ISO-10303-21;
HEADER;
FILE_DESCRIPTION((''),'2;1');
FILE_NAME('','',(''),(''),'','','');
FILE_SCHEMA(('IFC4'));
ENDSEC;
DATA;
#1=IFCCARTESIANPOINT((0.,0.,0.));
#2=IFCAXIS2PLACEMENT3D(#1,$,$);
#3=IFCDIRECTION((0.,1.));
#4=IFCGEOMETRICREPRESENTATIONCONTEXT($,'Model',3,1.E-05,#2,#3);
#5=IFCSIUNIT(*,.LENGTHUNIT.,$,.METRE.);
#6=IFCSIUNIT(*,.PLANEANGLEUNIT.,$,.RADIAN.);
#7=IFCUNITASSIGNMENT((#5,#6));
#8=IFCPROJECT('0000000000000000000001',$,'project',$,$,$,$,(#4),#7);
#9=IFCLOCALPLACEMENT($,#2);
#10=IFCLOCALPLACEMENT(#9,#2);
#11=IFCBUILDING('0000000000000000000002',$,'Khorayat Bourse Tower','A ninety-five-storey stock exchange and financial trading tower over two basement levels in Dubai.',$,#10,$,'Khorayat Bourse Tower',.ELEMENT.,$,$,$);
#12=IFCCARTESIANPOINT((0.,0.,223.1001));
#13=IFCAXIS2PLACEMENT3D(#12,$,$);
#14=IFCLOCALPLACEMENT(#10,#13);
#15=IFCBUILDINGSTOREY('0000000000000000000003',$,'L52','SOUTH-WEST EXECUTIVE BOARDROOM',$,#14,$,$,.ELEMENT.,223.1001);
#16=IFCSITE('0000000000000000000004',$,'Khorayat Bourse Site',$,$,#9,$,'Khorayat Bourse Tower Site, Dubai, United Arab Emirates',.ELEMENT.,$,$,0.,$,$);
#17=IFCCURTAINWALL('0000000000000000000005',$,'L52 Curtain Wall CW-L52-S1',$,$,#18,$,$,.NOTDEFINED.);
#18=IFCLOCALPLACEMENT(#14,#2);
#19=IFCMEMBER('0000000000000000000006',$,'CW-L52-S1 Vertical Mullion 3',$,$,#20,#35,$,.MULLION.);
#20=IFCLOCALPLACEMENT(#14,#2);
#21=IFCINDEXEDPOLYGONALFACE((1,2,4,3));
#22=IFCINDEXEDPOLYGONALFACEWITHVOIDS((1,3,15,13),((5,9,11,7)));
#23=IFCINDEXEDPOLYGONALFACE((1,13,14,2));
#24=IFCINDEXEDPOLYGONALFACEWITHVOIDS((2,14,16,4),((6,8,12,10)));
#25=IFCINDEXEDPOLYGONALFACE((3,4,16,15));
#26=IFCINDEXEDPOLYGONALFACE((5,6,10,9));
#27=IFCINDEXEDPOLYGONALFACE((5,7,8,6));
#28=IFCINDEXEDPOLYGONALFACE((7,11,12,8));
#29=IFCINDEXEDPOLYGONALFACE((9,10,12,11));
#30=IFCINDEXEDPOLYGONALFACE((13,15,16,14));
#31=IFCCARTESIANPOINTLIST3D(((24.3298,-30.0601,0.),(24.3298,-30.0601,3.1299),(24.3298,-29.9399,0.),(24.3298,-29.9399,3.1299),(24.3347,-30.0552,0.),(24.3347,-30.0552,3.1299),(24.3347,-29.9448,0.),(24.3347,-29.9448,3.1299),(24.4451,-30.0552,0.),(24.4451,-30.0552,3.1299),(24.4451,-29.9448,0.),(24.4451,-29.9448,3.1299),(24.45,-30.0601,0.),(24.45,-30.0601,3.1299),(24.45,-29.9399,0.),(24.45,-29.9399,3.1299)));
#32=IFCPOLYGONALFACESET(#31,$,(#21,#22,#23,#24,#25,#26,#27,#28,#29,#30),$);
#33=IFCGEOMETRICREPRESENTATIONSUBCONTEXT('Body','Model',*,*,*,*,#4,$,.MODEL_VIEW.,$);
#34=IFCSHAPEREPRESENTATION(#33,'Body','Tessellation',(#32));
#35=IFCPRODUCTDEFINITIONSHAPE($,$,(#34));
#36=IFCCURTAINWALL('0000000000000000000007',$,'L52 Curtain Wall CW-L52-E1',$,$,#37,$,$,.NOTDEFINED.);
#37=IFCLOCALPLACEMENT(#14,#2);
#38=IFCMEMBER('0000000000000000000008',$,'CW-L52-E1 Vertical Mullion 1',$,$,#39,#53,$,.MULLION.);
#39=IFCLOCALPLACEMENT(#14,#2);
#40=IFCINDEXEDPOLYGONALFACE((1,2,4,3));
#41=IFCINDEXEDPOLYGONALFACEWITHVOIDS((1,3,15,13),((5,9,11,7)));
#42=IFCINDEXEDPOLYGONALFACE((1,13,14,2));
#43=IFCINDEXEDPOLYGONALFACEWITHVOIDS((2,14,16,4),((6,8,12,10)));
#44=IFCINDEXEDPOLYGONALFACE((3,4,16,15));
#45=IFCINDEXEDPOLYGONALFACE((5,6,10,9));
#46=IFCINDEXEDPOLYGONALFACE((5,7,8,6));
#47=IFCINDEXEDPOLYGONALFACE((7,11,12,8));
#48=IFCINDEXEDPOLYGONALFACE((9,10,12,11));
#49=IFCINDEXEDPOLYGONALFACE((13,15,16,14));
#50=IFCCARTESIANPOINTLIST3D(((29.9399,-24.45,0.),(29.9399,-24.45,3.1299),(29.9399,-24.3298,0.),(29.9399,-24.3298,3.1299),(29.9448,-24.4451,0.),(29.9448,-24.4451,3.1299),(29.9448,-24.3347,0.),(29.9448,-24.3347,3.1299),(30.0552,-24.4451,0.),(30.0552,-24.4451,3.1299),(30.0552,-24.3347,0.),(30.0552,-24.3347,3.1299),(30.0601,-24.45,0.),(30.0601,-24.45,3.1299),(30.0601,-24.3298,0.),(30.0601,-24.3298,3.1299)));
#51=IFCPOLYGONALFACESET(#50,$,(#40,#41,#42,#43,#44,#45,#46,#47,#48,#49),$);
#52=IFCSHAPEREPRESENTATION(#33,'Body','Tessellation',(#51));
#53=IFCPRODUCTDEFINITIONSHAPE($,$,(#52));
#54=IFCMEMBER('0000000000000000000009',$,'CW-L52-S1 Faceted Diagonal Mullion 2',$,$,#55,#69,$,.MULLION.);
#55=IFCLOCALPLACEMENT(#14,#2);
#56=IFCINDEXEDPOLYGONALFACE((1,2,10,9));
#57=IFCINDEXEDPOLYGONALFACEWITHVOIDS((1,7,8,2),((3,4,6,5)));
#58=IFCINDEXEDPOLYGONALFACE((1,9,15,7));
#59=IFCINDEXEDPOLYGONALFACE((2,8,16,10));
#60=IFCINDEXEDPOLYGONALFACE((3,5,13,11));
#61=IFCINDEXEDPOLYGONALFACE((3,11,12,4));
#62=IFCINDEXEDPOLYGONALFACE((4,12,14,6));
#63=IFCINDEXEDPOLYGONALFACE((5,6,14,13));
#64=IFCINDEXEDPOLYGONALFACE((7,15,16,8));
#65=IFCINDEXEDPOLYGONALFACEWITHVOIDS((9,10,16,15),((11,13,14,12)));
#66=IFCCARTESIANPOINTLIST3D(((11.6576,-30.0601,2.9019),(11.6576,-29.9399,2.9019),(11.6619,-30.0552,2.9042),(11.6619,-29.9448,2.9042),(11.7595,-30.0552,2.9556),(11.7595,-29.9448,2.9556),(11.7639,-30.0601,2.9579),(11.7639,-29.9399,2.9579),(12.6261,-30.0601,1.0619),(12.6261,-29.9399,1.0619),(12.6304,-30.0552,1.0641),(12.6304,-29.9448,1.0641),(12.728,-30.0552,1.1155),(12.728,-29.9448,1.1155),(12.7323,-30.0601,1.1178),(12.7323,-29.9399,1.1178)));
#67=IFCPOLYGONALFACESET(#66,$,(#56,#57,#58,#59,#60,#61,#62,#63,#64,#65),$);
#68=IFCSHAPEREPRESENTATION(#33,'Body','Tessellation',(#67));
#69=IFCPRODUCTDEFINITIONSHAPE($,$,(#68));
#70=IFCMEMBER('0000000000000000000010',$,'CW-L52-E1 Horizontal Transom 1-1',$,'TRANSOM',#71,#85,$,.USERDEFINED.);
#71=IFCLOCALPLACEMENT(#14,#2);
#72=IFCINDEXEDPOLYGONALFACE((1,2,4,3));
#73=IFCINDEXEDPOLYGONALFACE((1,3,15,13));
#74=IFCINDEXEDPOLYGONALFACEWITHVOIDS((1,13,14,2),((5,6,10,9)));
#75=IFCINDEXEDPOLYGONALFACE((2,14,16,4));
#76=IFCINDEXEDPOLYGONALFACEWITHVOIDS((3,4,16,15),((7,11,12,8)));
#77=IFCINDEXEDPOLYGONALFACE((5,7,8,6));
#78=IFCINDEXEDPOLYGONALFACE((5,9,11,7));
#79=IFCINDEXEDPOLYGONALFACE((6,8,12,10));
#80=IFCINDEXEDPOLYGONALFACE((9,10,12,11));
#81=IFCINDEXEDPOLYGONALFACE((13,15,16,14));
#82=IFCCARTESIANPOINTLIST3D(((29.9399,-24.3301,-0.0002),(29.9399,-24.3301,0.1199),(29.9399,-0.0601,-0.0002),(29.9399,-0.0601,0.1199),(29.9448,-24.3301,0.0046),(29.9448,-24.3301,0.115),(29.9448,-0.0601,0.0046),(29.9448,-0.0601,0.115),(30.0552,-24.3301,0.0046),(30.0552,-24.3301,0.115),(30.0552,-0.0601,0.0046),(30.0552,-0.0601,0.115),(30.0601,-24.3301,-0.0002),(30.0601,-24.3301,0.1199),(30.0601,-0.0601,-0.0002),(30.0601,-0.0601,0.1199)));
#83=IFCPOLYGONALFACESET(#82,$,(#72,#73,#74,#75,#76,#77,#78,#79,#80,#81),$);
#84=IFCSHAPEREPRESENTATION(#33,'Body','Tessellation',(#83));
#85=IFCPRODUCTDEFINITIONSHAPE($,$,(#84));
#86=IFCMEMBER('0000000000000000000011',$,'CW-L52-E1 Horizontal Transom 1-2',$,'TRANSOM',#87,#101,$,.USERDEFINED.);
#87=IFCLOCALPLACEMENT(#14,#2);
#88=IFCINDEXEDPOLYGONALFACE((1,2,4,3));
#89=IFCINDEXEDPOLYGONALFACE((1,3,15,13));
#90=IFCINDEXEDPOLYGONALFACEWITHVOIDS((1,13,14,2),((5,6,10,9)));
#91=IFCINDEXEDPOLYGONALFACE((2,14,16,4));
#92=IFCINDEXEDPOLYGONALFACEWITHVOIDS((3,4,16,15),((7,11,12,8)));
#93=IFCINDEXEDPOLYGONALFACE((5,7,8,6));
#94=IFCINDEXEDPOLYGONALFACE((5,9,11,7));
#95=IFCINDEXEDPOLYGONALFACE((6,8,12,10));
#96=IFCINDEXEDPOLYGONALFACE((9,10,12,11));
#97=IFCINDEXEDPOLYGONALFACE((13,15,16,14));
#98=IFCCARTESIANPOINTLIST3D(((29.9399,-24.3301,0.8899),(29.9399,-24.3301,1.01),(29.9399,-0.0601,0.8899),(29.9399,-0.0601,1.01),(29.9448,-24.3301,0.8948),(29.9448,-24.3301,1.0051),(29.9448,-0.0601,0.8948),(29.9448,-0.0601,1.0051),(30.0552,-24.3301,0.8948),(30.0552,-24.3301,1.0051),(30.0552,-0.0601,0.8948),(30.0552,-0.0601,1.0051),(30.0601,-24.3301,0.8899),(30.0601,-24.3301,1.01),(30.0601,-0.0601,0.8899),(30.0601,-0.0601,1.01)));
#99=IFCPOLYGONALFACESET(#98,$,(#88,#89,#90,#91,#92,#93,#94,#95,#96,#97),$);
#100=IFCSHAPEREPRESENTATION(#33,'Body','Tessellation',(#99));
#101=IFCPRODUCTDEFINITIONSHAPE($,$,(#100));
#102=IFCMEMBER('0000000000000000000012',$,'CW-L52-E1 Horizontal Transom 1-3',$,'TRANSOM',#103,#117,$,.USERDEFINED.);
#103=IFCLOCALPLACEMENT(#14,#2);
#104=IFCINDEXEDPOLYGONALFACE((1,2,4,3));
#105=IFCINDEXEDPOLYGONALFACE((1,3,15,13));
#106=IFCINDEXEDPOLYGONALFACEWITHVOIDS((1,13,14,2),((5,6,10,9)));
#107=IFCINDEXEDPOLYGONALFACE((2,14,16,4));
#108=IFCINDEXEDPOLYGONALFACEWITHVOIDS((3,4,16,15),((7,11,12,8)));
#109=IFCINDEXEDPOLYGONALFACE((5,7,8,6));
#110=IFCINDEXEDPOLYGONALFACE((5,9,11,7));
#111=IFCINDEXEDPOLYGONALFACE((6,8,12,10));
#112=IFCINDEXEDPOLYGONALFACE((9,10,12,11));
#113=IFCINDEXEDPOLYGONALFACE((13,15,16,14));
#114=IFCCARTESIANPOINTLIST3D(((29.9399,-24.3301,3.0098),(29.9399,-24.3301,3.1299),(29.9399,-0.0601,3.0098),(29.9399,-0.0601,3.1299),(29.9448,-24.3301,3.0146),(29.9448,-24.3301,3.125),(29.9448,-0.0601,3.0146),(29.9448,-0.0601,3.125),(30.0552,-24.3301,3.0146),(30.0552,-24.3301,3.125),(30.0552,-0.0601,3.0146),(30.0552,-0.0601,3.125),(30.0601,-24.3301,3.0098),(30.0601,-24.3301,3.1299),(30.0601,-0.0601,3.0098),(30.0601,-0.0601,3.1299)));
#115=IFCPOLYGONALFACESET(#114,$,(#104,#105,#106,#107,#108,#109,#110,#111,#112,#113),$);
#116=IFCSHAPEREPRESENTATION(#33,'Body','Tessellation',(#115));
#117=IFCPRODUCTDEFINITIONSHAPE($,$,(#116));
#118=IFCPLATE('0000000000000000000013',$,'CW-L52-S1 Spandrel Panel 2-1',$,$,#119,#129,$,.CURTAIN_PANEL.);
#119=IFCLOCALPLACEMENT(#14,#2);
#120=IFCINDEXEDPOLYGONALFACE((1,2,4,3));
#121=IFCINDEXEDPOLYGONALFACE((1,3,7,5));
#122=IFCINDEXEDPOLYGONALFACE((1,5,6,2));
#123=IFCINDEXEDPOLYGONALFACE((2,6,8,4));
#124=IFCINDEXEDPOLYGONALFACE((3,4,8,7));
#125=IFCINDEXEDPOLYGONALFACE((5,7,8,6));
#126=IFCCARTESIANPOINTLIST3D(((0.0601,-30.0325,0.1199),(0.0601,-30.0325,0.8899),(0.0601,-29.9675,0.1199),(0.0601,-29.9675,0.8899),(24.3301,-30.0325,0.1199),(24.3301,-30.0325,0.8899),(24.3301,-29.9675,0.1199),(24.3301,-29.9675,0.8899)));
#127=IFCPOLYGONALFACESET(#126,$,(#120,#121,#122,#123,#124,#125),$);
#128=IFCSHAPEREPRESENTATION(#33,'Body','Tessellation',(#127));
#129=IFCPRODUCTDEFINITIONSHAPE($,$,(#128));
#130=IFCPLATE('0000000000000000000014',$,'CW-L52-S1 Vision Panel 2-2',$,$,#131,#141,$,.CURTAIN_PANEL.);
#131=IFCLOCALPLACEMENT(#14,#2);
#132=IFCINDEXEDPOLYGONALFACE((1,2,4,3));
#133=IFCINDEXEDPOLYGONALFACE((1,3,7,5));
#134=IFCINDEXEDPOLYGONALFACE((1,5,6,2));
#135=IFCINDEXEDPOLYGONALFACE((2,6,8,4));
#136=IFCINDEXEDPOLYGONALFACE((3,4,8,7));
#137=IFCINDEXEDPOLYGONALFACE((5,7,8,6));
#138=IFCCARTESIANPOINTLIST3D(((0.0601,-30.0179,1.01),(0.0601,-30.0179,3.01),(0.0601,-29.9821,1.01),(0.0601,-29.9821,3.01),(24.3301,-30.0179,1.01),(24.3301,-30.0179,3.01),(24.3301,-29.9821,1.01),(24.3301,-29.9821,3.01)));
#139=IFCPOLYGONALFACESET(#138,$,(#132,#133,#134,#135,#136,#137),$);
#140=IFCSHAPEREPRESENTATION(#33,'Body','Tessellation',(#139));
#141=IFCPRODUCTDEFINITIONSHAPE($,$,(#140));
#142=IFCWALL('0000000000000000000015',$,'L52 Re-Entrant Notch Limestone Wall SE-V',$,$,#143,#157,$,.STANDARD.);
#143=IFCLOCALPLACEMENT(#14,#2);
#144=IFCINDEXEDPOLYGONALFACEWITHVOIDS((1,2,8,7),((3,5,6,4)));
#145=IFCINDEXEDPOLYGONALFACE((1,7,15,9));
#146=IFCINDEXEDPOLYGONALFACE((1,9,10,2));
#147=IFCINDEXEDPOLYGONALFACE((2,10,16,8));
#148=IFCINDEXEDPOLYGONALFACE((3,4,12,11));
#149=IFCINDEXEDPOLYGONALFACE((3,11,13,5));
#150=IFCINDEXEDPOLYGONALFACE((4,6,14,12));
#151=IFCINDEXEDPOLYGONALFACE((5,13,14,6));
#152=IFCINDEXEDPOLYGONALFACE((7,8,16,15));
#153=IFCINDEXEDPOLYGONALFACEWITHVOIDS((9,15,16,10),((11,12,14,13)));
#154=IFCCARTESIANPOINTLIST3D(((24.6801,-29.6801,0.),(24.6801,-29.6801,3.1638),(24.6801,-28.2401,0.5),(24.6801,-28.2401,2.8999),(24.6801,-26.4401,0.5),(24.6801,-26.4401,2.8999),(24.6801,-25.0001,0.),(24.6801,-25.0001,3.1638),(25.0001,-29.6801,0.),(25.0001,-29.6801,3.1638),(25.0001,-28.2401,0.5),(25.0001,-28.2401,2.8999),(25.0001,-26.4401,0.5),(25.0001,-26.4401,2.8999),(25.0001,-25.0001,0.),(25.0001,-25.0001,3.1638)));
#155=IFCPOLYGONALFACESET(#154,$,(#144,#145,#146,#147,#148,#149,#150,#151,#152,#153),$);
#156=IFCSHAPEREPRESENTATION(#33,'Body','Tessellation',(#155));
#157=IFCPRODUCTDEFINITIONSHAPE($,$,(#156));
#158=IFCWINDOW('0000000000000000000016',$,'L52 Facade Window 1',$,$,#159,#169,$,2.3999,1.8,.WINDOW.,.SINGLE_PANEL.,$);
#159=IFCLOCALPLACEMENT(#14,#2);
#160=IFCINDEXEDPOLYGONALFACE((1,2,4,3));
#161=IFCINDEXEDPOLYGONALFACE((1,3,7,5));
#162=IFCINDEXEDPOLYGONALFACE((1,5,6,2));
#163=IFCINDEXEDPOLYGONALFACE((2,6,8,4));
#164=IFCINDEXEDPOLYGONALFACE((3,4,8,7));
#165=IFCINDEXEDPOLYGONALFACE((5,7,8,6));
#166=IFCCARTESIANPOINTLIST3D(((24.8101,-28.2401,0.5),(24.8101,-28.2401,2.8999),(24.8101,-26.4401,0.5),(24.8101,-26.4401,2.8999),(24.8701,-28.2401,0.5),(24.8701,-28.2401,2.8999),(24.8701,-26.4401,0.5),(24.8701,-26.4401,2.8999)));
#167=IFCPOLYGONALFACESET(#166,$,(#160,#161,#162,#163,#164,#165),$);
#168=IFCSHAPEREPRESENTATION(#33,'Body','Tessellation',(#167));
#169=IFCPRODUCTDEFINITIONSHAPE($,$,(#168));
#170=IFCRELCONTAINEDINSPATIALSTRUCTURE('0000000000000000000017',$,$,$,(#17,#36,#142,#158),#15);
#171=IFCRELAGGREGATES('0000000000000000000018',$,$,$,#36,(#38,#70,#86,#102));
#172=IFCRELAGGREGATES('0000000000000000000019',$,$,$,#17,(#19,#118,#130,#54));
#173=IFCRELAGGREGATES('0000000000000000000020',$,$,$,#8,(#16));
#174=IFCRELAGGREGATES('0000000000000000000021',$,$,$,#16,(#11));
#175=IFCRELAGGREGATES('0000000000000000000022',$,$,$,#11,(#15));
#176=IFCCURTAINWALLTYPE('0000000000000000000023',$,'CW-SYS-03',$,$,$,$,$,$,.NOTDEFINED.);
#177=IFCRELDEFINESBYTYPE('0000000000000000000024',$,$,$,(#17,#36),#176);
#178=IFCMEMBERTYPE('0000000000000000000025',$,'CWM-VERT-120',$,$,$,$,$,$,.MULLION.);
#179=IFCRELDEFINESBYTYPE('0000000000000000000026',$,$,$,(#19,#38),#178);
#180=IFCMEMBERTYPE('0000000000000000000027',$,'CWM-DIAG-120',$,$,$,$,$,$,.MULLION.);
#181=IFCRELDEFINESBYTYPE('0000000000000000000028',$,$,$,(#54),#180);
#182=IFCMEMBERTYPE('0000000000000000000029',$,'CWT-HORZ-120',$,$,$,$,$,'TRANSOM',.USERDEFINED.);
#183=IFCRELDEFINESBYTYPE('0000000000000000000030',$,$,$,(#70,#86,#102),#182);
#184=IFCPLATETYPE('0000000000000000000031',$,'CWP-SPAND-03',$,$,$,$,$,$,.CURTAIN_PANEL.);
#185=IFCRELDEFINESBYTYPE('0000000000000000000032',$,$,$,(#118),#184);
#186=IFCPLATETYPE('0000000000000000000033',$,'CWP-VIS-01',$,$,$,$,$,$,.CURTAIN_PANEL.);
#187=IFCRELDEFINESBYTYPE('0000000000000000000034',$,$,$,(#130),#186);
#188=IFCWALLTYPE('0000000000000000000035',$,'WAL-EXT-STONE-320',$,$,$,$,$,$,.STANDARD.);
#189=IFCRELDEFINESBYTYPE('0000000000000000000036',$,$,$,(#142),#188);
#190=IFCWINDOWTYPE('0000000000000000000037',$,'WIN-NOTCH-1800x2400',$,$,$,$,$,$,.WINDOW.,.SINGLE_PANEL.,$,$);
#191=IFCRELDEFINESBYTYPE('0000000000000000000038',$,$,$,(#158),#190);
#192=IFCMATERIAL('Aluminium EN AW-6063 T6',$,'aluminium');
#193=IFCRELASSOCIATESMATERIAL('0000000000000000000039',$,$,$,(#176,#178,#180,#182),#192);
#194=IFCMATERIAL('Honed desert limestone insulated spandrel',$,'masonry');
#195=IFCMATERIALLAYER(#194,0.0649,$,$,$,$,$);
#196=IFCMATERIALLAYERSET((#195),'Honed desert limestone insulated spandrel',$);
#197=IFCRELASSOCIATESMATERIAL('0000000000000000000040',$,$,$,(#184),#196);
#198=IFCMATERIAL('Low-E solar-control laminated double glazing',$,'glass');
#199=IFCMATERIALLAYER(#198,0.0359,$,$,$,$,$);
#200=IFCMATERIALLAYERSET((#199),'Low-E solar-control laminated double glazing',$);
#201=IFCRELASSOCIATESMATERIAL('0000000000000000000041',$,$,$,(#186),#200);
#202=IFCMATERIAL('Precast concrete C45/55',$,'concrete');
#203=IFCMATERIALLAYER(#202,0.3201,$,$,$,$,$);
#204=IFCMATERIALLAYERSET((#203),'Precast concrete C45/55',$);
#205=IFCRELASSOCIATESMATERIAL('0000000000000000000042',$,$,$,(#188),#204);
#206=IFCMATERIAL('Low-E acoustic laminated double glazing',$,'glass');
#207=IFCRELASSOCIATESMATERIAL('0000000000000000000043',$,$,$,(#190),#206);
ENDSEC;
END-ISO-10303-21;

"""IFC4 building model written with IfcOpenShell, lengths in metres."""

from ifc_helpers import new_model, si_unit, direction, frame, frame_2d, origin, origin_2d, place, context, subcontext, project, spatial, rectangle, hollow_rectangle, extrude, source, transform, mapped, material, layer, layer_set, material_profile, profile_set, type_object, element, fill, aggregate, save


model = new_model("IFC4")

# Units and contexts
model_context = context("Model", 3, precision=1e-05, world=origin(), true_north=direction((0.0, 1.0)))
body_context = subcontext(model_context, "Body", "Model", "MODEL_VIEW")
ifc_project = project(units=[si_unit("LENGTHUNIT", "METRE"), si_unit("PLANEANGLEUNIT", "RADIAN")], contexts=[model_context])

# Site, building, storey
site_placement = place(None, origin())
site = spatial("IfcSite", under=ifc_project, at=site_placement, Name="Khorayat Bourse Site", LongName="Khorayat Bourse Tower Site, Dubai, United Arab Emirates", CompositionType="ELEMENT", RefElevation=0.0)
building_placement = place(site_placement, origin())
building = spatial("IfcBuilding", under=site, at=building_placement, Name="Khorayat Bourse Tower", Description="A ninety-five-storey stock exchange and financial trading tower over two basement levels in Dubai.", LongName="Khorayat Bourse Tower", CompositionType="ELEMENT")
storey_placement = place(building_placement, frame((0.0, 0.0, 223.1001)))
storey = spatial("IfcBuildingStorey", under=building, at=storey_placement, Name="L52", Description="SOUTH-WEST EXECUTIVE BOARDROOM", CompositionType="ELEMENT", Elevation=223.1001)

# Curtain walls, members
ifc_material_1 = material(Name="Aluminium EN AW-6063 T6", Category="aluminium")
curtain_wall_type = type_object("IfcCurtainWallType", Name="CW-SYS-03", PredefinedType="NOTDEFINED", material=ifc_material_1)
curtain_wall_1_placement = place(storey_placement, origin())
curtain_wall_1 = element("IfcCurtainWall", 1, at=curtain_wall_1_placement, inside=storey, type_object=curtain_wall_type, Name="L52 Curtain Wall CW-L52-S1", PredefinedType="NOTDEFINED")
ifc_material_profile_1 = material_profile(ifc_material_1, hollow_rectangle(XDim=0.1201, YDim=0.1201, WallThickness=0.0049, at=origin_2d()), Name="ALU 120x120x5")
ifc_profile_set_1 = profile_set([ifc_material_profile_1], Name="Aluminium EN AW-6063 T6")
member_type_1 = type_object("IfcMemberType", Name="CWM-VERT-120", PredefinedType="MULLION", material=ifc_profile_set_1)
shared_shape_1 = source(origin(), body_context, "Body", "SweptSolid", [
    extrude(hollow_rectangle(XDim=0.1201, YDim=0.1201, WallThickness=0.0049, at=origin_2d()), origin(), (0.0, 0.0, 1.0), 3.1299),
])
member_1_placement = place(storey_placement, frame((24.3899, -30.0, 0.0), z_axis=(0.0, 0.0, 1.0), x_axis=(0.0, 1.0, 0.0)))
member_1 = element("IfcMember", 2, at=member_1_placement, type_object=member_type_1, Name="CW-L52-S1 Vertical Mullion 3", PredefinedType="MULLION", context=body_context, shape_type="MappedRepresentation", body=[
    mapped(shared_shape_1, transform((0.0, 0.0, 0.0), scale=1.0)),
])
curtain_wall_2_placement = place(storey_placement, origin())
curtain_wall_2 = element("IfcCurtainWall", 3, at=curtain_wall_2_placement, inside=storey, type_object=curtain_wall_type, Name="L52 Curtain Wall CW-L52-E1", PredefinedType="NOTDEFINED")
member_2_placement = place(storey_placement, frame((30.0, -24.3899, 0.0), z_axis=(0.0, 0.0, 1.0), x_axis=(-1.0, 0.0, 0.0)))
member_2 = element("IfcMember", 4, at=member_2_placement, type_object=member_type_1, Name="CW-L52-E1 Vertical Mullion 1", PredefinedType="MULLION", context=body_context, shape_type="MappedRepresentation", body=[
    mapped(shared_shape_1, transform((0.0, 0.0, 0.0), scale=1.0)),
])

# Members
ifc_material_profile_2 = material_profile(ifc_material_1, hollow_rectangle(XDim=0.1201, YDim=0.1201, WallThickness=0.0049, at=origin_2d()), Name="ALU 120x120x5")
ifc_profile_set_2 = profile_set([ifc_material_profile_2], Name="Aluminium EN AW-6063 T6")
member_type_2 = type_object("IfcMemberType", Name="CWM-DIAG-120", PredefinedType="MULLION", material=ifc_profile_set_2)
shared_shape_2 = source(origin(), body_context, "Body", "SweptSolid", [
    extrude(hollow_rectangle(XDim=0.1201, YDim=0.1201, WallThickness=0.0049, at=origin_2d()), origin(), (0.0, 0.0, 1.0), 2.0793),
])
member_3_placement = place(storey_placement, frame((12.6792, -30.0, 1.0898), z_axis=(-0.465761, 0.0, 0.884911), x_axis=(0.0, -1.0, 0.0)))
member_3 = element("IfcMember", 5, at=member_3_placement, type_object=member_type_2, Name="CW-L52-S1 Faceted Diagonal Mullion 2", PredefinedType="MULLION", context=body_context, shape_type="MappedRepresentation", body=[
    mapped(shared_shape_2, transform((0.0, 0.0, 0.0), scale=1.0)),
])
ifc_material_profile_3 = material_profile(ifc_material_1, hollow_rectangle(XDim=0.1201, YDim=0.1201, WallThickness=0.0049, at=origin_2d()), Name="ALU 120x120x5")
ifc_profile_set_3 = profile_set([ifc_material_profile_3], Name="Aluminium EN AW-6063 T6")
member_type_3 = type_object("IfcMemberType", Name="CWT-HORZ-120", ElementType="TRANSOM", PredefinedType="USERDEFINED", material=ifc_profile_set_3)
shared_shape_3 = source(origin(), body_context, "Body", "SweptSolid", [
    extrude(hollow_rectangle(XDim=0.1201, YDim=0.1201, WallThickness=0.0049, at=origin_2d()), origin(), (0.0, 0.0, 1.0), 24.27),
])
member_4_placement = place(storey_placement, frame((30.0, -24.3301, 0.0598), z_axis=(0.0, 1.0, 0.0), x_axis=(-1.0, 0.0, 0.0)))
member_4 = element("IfcMember", 6, at=member_4_placement, type_object=member_type_3, Name="CW-L52-E1 Horizontal Transom 1-1", ObjectType="TRANSOM", PredefinedType="USERDEFINED", context=body_context, shape_type="MappedRepresentation", body=[
    mapped(shared_shape_3, transform((0.0, 0.0, 0.0), scale=1.0)),
])
member_5_placement = place(storey_placement, frame((30.0, -24.3301, 0.95), z_axis=(0.0, 1.0, 0.0), x_axis=(-1.0, 0.0, 0.0)))
member_5 = element("IfcMember", 7, at=member_5_placement, type_object=member_type_3, Name="CW-L52-E1 Horizontal Transom 1-2", ObjectType="TRANSOM", PredefinedType="USERDEFINED", context=body_context, shape_type="MappedRepresentation", body=[
    mapped(shared_shape_3, transform((0.0, 0.0, 0.0), scale=1.0)),
])
member_6_placement = place(storey_placement, frame((30.0, -24.3301, 3.0698), z_axis=(0.0, 1.0, 0.0), x_axis=(-1.0, 0.0, 0.0)))
member_6 = element("IfcMember", 8, at=member_6_placement, type_object=member_type_3, Name="CW-L52-E1 Horizontal Transom 1-3", ObjectType="TRANSOM", PredefinedType="USERDEFINED", context=body_context, shape_type="MappedRepresentation", body=[
    mapped(shared_shape_3, transform((0.0, 0.0, 0.0), scale=1.0)),
])
aggregate(curtain_wall_2, [member_2, member_4, member_5, member_6])

# Plates
ifc_material_2 = material(Name="Honed desert limestone insulated spandrel", Category="masonry")
ifc_layer_1 = layer(ifc_material_2, 0.0649)
ifc_layer_set_1 = layer_set([ifc_layer_1], Name="Honed desert limestone insulated spandrel")
plate_type_1 = type_object("IfcPlateType", Name="CWP-SPAND-03", PredefinedType="CURTAIN_PANEL", material=ifc_layer_set_1)
shared_shape_4 = source(origin(), body_context, "Body", "SweptSolid", [
    extrude(rectangle(XDim=24.27, YDim=0.0649, at=origin_2d()), origin(), (0.0, 0.0, 1.0), 0.77),
])
plate_1_placement = place(storey_placement, frame((12.1951, -30.0, 0.1199), z_axis=(0.0, 0.0, 1.0), x_axis=(1.0, 0.0, 0.0)))
plate_1 = element("IfcPlate", 9, at=plate_1_placement, type_object=plate_type_1, Name="CW-L52-S1 Spandrel Panel 2-1", PredefinedType="CURTAIN_PANEL", context=body_context, shape_type="MappedRepresentation", body=[
    mapped(shared_shape_4, transform((0.0, 0.0, 0.0), scale=1.0)),
])
ifc_material_3 = material(Name="Low-E solar-control laminated double glazing", Category="glass")
ifc_layer_2 = layer(ifc_material_3, 0.0359)
ifc_layer_set_2 = layer_set([ifc_layer_2], Name="Low-E solar-control laminated double glazing")
plate_type_2 = type_object("IfcPlateType", Name="CWP-VIS-01", PredefinedType="CURTAIN_PANEL", material=ifc_layer_set_2)
shared_shape_5 = source(origin(), body_context, "Body", "SweptSolid", [
    extrude(rectangle(XDim=24.27, YDim=0.0359, at=origin_2d()), origin(), (0.0, 0.0, 1.0), 2.0),
])
plate_2_placement = place(storey_placement, frame((12.1951, -30.0, 1.01), z_axis=(0.0, 0.0, 1.0), x_axis=(1.0, 0.0, 0.0)))
plate_2 = element("IfcPlate", 10, at=plate_2_placement, type_object=plate_type_2, Name="CW-L52-S1 Vision Panel 2-2", PredefinedType="CURTAIN_PANEL", context=body_context, shape_type="MappedRepresentation", body=[
    mapped(shared_shape_5, transform((0.0, 0.0, 0.0), scale=1.0)),
])
aggregate(curtain_wall_1, [member_1, plate_1, plate_2, member_3])

# Wall, opening, window
ifc_material_4 = material(Name="Precast concrete C45/55", Category="concrete")
ifc_layer_3 = layer(ifc_material_4, 0.3201)
ifc_layer_set_3 = layer_set([ifc_layer_3], Name="Precast concrete C45/55")
wall_type_1 = type_object("IfcWallType", Name="WAL-EXT-STONE-320", PredefinedType="STANDARD", material=ifc_layer_set_3)
shared_shape_6 = source(origin(), body_context, "Body", "SweptSolid", [
    extrude(rectangle(XDim=4.6799, YDim=0.3201, at=frame_2d((2.3398, 0.0))), origin(), (0.0, 0.0, 1.0), 3.1638),
])
wall_1_placement = place(storey_placement, frame((24.8401, -29.6799, 0.0), z_axis=(0.0, 0.0, 1.0), x_axis=(0.0, 1.0, 0.0)))
wall_1 = element("IfcWall", 11, at=wall_1_placement, inside=storey, type_object=wall_type_1, Name="L52 Re-Entrant Notch Limestone Wall SE-V", PredefinedType="STANDARD", context=body_context, shape_type="MappedRepresentation", body=[
    mapped(shared_shape_6, transform((0.0, 0.0, 0.0), scale=1.0)),
])
shared_shape_7 = source(origin(), body_context, "Body", "SweptSolid", [
    extrude(rectangle(XDim=1.8, YDim=2.3999, at=frame_2d((0.8999, 1.2))), frame((0.0, 0.1699, 0.0), z_axis=(0.0, -1.0, 0.0), x_axis=(1.0, 0.0, 0.0)), (0.0, 0.0, 1.0), 0.3401),
])
opening_1_placement = place(wall_1_placement, frame((1.4399, 0.0, 0.5)))
opening_1 = element("IfcOpeningElement", 12, at=opening_1_placement, cuts=wall_1, PredefinedType="OPENING", context=body_context, shape_type="MappedRepresentation", body=[
    mapped(shared_shape_7, transform((0.0, 0.0, 0.0), scale=1.0)),
])
ifc_material_5 = material(Name="Low-E acoustic laminated double glazing", Category="glass")
window_type = type_object("IfcWindowType", Name="WIN-NOTCH-1800x2400", PartitioningType="SINGLE_PANEL", PredefinedType="WINDOW", material=ifc_material_5)
shared_shape_8 = source(origin(), body_context, "Body", "SweptSolid", [
    extrude(rectangle(XDim=1.8, YDim=2.3999, at=frame_2d((0.8999, 1.2))), frame((0.0, 0.03, 0.0), z_axis=(0.0, -1.0, 0.0), x_axis=(1.0, 0.0, 0.0)), (0.0, 0.0, 1.0), 0.0601),
])
window_1_placement = place(opening_1_placement, origin())
window_1 = element("IfcWindow", 13, at=window_1_placement, inside=storey, type_object=window_type, Name="L52 Facade Window 1", OverallHeight=2.3999, OverallWidth=1.8, PartitioningType="SINGLE_PANEL", PredefinedType="WINDOW", context=body_context, shape_type="MappedRepresentation", body=[
    mapped(shared_shape_8, transform((0.0, 0.0, 0.0), scale=1.0)),
])
fill(opening_1, window_1)

save(model, "model.ifc")
